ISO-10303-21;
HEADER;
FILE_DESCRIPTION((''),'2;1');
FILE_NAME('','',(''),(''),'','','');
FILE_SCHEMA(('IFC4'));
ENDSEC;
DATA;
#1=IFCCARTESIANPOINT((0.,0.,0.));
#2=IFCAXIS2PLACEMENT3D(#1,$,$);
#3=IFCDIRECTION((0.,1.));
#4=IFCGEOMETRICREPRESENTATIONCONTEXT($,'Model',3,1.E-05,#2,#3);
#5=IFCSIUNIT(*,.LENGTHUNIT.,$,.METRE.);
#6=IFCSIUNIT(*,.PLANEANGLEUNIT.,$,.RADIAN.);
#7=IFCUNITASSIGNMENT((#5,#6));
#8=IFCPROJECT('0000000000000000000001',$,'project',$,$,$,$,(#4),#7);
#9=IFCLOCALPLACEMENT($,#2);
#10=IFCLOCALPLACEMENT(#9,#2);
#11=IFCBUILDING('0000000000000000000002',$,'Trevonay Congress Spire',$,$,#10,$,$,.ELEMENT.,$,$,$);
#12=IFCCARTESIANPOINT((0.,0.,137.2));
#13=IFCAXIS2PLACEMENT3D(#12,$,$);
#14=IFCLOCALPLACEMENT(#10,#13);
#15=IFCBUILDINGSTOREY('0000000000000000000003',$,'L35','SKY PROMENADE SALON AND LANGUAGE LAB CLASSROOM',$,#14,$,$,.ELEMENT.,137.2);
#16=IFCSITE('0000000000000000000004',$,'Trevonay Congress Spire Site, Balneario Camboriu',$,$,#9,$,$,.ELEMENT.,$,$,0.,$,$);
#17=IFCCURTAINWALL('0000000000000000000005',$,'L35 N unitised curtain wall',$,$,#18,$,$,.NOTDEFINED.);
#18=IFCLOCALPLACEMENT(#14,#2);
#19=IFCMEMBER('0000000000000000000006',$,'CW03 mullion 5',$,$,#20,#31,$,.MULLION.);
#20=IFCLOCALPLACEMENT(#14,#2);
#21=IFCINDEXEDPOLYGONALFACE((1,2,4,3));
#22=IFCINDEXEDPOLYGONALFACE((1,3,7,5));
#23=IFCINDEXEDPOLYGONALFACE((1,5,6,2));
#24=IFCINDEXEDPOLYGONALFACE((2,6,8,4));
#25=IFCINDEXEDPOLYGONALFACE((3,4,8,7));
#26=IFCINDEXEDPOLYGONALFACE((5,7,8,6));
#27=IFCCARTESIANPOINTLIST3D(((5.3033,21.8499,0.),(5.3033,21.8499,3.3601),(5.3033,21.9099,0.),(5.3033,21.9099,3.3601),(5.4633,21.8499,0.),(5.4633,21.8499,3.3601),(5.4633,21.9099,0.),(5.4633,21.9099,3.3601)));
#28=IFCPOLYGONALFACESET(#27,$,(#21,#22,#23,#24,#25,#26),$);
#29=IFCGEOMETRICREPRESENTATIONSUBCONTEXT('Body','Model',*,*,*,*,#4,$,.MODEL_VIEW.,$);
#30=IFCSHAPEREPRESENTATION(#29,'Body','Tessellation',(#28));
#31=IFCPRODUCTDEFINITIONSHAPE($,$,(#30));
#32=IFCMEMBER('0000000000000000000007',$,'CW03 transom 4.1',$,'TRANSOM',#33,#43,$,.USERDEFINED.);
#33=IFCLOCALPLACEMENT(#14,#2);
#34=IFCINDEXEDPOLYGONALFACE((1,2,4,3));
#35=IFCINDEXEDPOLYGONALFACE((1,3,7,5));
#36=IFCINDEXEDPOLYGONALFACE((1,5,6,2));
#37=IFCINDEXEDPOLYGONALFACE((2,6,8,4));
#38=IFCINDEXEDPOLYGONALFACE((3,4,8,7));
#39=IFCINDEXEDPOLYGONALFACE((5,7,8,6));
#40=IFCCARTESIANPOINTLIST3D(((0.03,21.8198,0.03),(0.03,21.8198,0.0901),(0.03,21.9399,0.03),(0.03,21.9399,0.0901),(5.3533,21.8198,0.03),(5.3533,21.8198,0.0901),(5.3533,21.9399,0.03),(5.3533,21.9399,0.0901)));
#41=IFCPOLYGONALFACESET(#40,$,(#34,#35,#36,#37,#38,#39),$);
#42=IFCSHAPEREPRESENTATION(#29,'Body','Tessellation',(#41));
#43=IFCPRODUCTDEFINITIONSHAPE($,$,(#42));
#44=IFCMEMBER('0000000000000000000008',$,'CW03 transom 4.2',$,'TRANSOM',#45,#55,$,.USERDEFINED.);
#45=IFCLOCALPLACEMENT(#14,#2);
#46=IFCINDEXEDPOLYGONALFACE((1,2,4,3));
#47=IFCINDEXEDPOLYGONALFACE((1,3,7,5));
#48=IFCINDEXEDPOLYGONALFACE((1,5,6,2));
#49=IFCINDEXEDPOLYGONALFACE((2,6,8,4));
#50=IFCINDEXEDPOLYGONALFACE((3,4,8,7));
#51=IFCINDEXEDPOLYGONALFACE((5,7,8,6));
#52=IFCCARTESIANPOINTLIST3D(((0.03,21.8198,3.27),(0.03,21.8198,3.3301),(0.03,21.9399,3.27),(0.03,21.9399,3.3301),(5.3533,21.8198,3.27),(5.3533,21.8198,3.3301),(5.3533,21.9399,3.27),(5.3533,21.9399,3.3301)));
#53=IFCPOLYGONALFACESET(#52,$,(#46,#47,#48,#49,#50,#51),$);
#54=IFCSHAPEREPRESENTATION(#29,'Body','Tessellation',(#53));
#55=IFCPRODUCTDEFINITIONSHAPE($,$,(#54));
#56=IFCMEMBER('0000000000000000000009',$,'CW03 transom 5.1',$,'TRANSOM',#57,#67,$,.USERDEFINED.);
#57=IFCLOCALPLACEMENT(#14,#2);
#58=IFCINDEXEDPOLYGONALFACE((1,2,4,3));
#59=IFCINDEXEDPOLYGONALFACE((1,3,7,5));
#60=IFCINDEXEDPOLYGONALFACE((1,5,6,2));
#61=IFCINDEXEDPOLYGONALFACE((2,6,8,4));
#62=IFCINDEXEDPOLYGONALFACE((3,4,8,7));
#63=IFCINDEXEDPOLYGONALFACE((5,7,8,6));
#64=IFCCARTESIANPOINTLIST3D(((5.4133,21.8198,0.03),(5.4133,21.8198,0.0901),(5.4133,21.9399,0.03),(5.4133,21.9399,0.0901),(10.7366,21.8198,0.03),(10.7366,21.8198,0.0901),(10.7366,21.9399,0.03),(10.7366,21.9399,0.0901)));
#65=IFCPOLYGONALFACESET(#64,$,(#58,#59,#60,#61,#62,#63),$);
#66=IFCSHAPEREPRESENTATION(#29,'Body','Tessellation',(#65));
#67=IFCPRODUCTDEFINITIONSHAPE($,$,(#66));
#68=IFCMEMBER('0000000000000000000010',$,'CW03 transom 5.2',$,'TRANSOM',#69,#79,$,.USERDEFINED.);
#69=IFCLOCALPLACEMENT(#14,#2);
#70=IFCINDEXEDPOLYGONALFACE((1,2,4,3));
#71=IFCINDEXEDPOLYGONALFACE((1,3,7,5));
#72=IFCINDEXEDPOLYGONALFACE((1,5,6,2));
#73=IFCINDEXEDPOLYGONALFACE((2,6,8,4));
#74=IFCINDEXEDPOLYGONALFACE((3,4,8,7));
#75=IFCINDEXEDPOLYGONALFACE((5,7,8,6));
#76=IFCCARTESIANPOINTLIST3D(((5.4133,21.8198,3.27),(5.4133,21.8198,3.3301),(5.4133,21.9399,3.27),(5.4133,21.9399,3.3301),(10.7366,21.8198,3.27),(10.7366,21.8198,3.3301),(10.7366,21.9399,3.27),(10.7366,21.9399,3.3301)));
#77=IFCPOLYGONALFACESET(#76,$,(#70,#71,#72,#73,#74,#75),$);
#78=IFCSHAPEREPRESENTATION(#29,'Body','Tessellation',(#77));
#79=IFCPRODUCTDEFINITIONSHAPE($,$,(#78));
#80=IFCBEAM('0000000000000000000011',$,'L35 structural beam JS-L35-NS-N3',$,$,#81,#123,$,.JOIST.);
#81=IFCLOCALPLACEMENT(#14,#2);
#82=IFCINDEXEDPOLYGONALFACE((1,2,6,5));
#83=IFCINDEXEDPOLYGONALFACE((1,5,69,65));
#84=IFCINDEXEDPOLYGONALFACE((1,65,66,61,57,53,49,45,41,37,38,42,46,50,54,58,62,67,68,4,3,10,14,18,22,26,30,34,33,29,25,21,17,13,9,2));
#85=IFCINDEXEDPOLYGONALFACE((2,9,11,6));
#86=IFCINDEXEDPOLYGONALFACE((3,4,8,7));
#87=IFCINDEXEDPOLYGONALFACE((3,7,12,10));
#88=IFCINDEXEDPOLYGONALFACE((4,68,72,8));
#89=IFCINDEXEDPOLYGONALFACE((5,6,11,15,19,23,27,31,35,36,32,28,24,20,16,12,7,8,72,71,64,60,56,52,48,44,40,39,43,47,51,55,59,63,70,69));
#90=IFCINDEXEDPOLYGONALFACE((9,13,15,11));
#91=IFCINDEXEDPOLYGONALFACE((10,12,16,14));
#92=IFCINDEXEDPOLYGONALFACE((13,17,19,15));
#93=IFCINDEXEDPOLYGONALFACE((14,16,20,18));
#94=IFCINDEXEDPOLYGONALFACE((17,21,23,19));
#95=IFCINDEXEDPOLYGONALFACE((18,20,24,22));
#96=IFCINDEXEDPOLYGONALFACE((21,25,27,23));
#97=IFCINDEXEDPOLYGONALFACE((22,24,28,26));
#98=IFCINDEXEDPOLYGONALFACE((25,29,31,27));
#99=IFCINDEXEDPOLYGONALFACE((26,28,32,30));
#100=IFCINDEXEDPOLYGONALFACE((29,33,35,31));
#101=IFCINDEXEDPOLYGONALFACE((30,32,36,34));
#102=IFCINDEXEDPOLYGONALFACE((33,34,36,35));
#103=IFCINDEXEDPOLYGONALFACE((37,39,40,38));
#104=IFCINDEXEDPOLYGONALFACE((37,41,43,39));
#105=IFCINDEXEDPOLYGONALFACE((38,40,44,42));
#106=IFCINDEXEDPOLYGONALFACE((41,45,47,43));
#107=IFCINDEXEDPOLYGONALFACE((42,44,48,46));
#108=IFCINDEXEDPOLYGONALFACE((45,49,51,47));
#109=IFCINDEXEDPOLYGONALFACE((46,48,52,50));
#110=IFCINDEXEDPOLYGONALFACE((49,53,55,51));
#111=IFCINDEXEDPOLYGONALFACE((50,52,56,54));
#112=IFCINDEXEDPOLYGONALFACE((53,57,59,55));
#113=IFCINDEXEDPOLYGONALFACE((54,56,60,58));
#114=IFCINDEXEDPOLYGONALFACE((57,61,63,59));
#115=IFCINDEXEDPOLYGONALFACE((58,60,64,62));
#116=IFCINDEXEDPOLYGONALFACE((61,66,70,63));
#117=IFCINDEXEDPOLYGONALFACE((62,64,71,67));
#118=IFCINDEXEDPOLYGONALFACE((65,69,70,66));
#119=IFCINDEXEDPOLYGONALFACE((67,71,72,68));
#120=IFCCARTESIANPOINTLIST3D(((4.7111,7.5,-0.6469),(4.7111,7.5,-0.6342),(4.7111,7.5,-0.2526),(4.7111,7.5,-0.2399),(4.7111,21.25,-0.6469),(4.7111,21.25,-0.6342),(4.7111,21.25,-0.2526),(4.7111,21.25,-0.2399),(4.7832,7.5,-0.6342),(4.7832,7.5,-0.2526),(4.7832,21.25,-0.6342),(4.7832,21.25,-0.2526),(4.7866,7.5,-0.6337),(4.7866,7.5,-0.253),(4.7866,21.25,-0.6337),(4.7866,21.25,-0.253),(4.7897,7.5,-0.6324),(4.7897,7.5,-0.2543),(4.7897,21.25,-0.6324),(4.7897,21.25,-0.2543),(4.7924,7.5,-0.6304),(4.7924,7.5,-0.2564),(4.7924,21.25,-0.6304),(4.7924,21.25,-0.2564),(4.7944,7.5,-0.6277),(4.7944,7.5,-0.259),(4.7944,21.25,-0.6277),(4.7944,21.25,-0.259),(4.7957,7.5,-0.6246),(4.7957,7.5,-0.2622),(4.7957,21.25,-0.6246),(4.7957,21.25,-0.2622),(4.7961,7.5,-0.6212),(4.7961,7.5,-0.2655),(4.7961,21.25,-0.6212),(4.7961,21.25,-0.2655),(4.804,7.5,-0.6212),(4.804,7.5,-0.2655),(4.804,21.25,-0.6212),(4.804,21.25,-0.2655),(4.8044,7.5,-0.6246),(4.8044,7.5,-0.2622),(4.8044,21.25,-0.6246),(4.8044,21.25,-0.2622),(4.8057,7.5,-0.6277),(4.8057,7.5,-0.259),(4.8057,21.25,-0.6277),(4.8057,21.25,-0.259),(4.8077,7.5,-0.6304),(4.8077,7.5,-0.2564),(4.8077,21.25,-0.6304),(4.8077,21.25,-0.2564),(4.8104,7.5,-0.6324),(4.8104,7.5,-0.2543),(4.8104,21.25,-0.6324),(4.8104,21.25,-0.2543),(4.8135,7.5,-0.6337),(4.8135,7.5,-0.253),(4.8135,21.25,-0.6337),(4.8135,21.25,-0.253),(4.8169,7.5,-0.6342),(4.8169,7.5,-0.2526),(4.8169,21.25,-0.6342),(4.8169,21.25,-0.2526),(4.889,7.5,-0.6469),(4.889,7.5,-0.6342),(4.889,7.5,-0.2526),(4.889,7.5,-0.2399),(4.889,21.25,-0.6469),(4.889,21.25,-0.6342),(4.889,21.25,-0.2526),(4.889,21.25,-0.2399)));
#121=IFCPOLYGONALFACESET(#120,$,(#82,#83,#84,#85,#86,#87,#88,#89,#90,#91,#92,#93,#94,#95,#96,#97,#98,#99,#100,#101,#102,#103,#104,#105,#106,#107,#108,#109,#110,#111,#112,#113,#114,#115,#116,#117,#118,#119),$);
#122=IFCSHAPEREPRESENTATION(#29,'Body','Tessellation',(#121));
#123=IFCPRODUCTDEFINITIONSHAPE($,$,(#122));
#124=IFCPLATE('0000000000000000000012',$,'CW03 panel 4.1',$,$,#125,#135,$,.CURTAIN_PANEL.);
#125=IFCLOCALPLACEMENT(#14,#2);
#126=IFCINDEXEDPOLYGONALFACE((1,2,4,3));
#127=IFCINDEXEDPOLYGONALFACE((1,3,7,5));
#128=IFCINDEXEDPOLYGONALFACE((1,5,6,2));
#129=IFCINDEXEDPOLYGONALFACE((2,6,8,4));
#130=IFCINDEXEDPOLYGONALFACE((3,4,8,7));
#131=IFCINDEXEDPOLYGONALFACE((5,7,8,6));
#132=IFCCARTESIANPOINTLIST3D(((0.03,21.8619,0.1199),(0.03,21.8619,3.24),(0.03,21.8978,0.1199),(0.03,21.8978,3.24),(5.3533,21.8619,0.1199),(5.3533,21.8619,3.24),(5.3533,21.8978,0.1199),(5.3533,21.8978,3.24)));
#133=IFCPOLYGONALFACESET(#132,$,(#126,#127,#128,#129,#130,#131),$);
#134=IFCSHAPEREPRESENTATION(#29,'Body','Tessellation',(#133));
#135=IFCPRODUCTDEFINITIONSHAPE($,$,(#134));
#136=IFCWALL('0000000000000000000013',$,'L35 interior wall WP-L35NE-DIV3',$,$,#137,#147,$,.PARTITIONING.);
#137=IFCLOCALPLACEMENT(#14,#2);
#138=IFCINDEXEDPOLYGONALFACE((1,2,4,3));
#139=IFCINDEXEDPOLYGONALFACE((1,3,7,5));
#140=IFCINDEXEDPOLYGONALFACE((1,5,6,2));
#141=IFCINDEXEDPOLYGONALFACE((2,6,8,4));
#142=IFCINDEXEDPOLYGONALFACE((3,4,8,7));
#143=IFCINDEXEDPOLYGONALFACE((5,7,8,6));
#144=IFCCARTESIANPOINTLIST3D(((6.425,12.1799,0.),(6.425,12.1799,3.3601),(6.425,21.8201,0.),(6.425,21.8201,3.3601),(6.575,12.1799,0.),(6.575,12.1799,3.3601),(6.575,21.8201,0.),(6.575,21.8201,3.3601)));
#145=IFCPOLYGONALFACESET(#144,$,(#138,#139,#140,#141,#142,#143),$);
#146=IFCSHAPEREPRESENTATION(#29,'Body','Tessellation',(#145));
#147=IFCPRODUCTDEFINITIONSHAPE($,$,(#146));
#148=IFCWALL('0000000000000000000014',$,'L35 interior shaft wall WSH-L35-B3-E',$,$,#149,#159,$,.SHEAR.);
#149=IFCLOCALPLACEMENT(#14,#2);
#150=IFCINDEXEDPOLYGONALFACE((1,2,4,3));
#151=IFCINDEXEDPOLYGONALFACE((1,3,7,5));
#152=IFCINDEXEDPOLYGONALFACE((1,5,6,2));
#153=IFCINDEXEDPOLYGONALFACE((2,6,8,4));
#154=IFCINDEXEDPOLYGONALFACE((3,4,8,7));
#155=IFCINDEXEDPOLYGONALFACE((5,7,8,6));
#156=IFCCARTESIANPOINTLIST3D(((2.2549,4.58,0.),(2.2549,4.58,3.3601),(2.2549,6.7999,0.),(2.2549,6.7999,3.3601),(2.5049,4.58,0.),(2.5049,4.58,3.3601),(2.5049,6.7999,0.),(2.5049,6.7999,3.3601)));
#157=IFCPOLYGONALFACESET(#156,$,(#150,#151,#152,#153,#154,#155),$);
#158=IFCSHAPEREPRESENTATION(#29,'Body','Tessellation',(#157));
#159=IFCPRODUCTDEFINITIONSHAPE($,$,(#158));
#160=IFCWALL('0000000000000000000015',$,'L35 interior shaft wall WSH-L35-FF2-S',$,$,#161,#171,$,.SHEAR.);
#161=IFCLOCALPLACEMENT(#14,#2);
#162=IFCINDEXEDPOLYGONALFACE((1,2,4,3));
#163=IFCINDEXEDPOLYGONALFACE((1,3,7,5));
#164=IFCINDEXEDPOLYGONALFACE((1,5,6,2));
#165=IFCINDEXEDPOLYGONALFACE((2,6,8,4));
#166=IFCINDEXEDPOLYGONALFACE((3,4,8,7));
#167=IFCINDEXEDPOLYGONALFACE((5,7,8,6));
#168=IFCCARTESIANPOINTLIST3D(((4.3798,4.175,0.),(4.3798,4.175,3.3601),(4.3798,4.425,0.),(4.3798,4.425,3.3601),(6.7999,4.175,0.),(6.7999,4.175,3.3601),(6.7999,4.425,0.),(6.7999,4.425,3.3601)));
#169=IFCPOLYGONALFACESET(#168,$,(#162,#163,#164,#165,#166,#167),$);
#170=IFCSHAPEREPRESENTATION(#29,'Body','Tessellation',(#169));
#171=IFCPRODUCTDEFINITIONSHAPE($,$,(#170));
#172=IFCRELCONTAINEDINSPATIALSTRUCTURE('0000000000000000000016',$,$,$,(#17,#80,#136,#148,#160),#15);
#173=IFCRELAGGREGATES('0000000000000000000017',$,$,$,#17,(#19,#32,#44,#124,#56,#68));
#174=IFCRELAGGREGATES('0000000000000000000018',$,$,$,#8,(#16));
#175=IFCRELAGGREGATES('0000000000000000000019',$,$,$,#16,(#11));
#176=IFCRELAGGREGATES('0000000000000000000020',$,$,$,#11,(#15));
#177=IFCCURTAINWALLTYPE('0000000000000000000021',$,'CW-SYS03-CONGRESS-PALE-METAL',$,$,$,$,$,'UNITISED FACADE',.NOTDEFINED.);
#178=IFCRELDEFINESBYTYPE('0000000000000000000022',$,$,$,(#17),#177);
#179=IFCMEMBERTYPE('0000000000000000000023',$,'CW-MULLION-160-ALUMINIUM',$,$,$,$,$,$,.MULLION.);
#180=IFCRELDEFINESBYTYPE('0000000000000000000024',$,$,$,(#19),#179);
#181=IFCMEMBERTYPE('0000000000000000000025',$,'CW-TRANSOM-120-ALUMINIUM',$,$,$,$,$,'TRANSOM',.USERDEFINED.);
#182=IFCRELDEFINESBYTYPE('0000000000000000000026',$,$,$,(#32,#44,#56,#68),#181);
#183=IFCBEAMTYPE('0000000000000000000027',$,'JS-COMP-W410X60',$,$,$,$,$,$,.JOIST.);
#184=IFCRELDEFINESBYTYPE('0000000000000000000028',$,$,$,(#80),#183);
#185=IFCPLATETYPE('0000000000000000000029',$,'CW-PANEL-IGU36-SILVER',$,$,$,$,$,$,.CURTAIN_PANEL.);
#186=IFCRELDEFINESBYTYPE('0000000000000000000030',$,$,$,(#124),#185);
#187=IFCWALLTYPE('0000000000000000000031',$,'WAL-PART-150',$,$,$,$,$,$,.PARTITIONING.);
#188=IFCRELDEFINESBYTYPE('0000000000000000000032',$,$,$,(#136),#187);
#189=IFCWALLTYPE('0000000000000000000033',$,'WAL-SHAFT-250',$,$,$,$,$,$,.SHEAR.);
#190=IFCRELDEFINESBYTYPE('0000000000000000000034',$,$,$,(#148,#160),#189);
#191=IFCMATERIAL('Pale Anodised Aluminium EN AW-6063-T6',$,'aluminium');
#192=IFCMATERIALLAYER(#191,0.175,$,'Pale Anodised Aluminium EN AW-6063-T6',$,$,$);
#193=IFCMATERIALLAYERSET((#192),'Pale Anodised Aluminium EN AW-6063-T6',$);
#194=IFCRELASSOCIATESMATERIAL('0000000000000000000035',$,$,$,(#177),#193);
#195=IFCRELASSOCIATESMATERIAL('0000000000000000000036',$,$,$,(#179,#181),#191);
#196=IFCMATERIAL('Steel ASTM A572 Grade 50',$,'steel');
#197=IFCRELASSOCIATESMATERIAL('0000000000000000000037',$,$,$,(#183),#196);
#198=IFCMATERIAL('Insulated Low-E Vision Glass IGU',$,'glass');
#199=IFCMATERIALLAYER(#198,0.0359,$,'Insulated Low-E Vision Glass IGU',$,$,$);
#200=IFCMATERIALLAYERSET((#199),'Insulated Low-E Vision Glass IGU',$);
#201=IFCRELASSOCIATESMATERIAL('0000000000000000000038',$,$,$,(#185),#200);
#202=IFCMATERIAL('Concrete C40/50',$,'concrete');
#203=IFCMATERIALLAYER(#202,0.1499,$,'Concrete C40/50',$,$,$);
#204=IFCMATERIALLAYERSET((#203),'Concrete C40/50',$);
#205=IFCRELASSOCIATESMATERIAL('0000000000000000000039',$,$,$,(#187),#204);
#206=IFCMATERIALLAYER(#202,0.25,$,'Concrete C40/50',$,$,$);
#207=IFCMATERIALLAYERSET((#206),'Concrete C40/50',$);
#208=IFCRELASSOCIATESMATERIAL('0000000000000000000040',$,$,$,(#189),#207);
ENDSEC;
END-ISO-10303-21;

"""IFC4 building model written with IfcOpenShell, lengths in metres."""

from ifc_helpers import new_model, si_unit, direction, frame, frame_2d, origin, origin_2d, place, context, subcontext, project, spatial, rectangle, i_section, extrude, material, layer, layer_set, material_profile, profile_set, type_object, element, aggregate, save


model = new_model("IFC4")

# Units and contexts
model_context = context("Model", 3, precision=1e-05, world=origin(), true_north=direction((0.0, 1.0)))
body_context = subcontext(model_context, "Body", "Model", "MODEL_VIEW")
ifc_project = project(units=[si_unit("LENGTHUNIT", "METRE"), si_unit("PLANEANGLEUNIT", "RADIAN")], contexts=[model_context])

# Site, building, storey
site_placement = place(None, origin())
site = spatial("IfcSite", under=ifc_project, at=site_placement, Name="Trevonay Congress Spire Site, Balneario Camboriu", CompositionType="ELEMENT", RefElevation=0.0)
building_placement = place(site_placement, origin())
building = spatial("IfcBuilding", under=site, at=building_placement, Name="Trevonay Congress Spire", CompositionType="ELEMENT")
storey_placement = place(building_placement, frame((0.0, 0.0, 137.2)))
storey = spatial("IfcBuildingStorey", under=building, at=storey_placement, Name="L35", Description="SKY PROMENADE SALON AND LANGUAGE LAB CLASSROOM", CompositionType="ELEMENT", Elevation=137.2)

# Shared definitions
ifc_material_1 = material(Name="Steel ASTM A572 Grade 50", Category="steel")

# Curtain wall, members
ifc_material_2 = material(Name="Pale Anodised Aluminium EN AW-6063-T6", Category="aluminium")
ifc_layer_1 = layer(ifc_material_2, 0.175, Name="Pale Anodised Aluminium EN AW-6063-T6")
ifc_layer_set_1 = layer_set([ifc_layer_1], Name="Pale Anodised Aluminium EN AW-6063-T6")
curtain_wall_type = type_object("IfcCurtainWallType", Name="CW-SYS03-CONGRESS-PALE-METAL", ElementType="UNITISED FACADE", PredefinedType="NOTDEFINED", material=ifc_layer_set_1)
curtain_wall_placement = place(storey_placement, origin())
curtain_wall = element("IfcCurtainWall", 1, at=curtain_wall_placement, inside=storey, type_object=curtain_wall_type, Name="L35 N unitised curtain wall", PredefinedType="NOTDEFINED")
ifc_material_profile_1 = material_profile(ifc_material_2, rectangle(XDim=0.0601, YDim=0.1599, at=origin_2d()), Name="CW-MULLION-160-ALUMINIUM")
ifc_profile_set_1 = profile_set([ifc_material_profile_1], Name="Pale Anodised Aluminium EN AW-6063-T6")
member_type_1 = type_object("IfcMemberType", Name="CW-MULLION-160-ALUMINIUM", PredefinedType="MULLION", material=ifc_profile_set_1)
member_1_placement = place(storey_placement, frame((5.3833, 21.8799, 0.0), z_axis=(0.0, 0.0, 1.0), x_axis=(0.0, 1.0, 0.0)))
member_1 = element("IfcMember", 2, at=member_1_placement, type_object=member_type_1, Name="CW03 mullion 5", PredefinedType="MULLION", context=body_context, shape_type="SweptSolid", body=[
    extrude(rectangle(XDim=0.0601, YDim=0.1599, at=origin_2d()), origin(), (0.0, 0.0, 1.0), 3.3601),
])
ifc_material_profile_2 = material_profile(ifc_material_2, rectangle(XDim=0.1201, YDim=0.0601, at=origin_2d()), Name="CW-TRANSOM-120-ALUMINIUM")
ifc_profile_set_2 = profile_set([ifc_material_profile_2], Name="Pale Anodised Aluminium EN AW-6063-T6")
member_type_2 = type_object("IfcMemberType", Name="CW-TRANSOM-120-ALUMINIUM", ElementType="TRANSOM", PredefinedType="USERDEFINED", material=ifc_profile_set_2)
member_2_placement = place(storey_placement, frame((0.03, 21.8799, 0.0601), z_axis=(1.0, 0.0, 0.0), x_axis=(0.0, 1.0, 0.0)))
member_2 = element("IfcMember", 3, at=member_2_placement, type_object=member_type_2, Name="CW03 transom 4.1", ObjectType="TRANSOM", PredefinedType="USERDEFINED", context=body_context, shape_type="SweptSolid", body=[
    extrude(rectangle(XDim=0.1201, YDim=0.0601, at=origin_2d()), origin(), (0.0, 0.0, 1.0), 5.3232),
])
member_3_placement = place(storey_placement, frame((0.03, 21.8799, 3.3), z_axis=(1.0, 0.0, 0.0), x_axis=(0.0, 1.0, 0.0)))
member_3 = element("IfcMember", 4, at=member_3_placement, type_object=member_type_2, Name="CW03 transom 4.2", ObjectType="TRANSOM", PredefinedType="USERDEFINED", context=body_context, shape_type="SweptSolid", body=[
    extrude(rectangle(XDim=0.1201, YDim=0.0601, at=origin_2d()), origin(), (0.0, 0.0, 1.0), 5.3232),
])
member_4_placement = place(storey_placement, frame((5.4133, 21.8799, 0.0601), z_axis=(1.0, 0.0, 0.0), x_axis=(0.0, 1.0, 0.0)))
member_4 = element("IfcMember", 5, at=member_4_placement, type_object=member_type_2, Name="CW03 transom 5.1", ObjectType="TRANSOM", PredefinedType="USERDEFINED", context=body_context, shape_type="SweptSolid", body=[
    extrude(rectangle(XDim=0.1201, YDim=0.0601, at=origin_2d()), origin(), (0.0, 0.0, 1.0), 5.3232),
])
member_5_placement = place(storey_placement, frame((5.4133, 21.8799, 3.3), z_axis=(1.0, 0.0, 0.0), x_axis=(0.0, 1.0, 0.0)))
member_5 = element("IfcMember", 6, at=member_5_placement, type_object=member_type_2, Name="CW03 transom 5.2", ObjectType="TRANSOM", PredefinedType="USERDEFINED", context=body_context, shape_type="SweptSolid", body=[
    extrude(rectangle(XDim=0.1201, YDim=0.0601, at=origin_2d()), origin(), (0.0, 0.0, 1.0), 5.3232),
])

# Beam
ifc_material_profile_3 = material_profile(ifc_material_1, i_section(OverallWidth=0.178, OverallDepth=0.407, WebThickness=0.0078, FlangeThickness=0.0127, FilletRadius=0.0129, at=origin_2d()), Name="W410x60")
ifc_profile_set_3 = profile_set([ifc_material_profile_3], Name="Steel ASTM A572 Grade 50")
beam_type_1 = type_object("IfcBeamType", Name="JS-COMP-W410X60", PredefinedType="JOIST", material=ifc_profile_set_3)
beam_1_placement = place(storey_placement, frame((4.8, 7.5, -0.4434), z_axis=(0.0, 1.0, 0.0), x_axis=(-1.0, 0.0, 0.0)))
element("IfcBeam", 7, at=beam_1_placement, inside=storey, type_object=beam_type_1, Name="L35 structural beam JS-L35-NS-N3", PredefinedType="JOIST", context=body_context, shape_type="SweptSolid", body=[
    extrude(i_section(OverallWidth=0.178, OverallDepth=0.407, WebThickness=0.0078, FlangeThickness=0.0127, FilletRadius=0.0129, at=origin_2d()), origin(), (0.0, 0.0, 1.0), 13.75),
])

# Plate
ifc_material_3 = material(Name="Insulated Low-E Vision Glass IGU", Category="glass")
ifc_layer_2 = layer(ifc_material_3, 0.0359, Name="Insulated Low-E Vision Glass IGU")
ifc_layer_set_2 = layer_set([ifc_layer_2], Name="Insulated Low-E Vision Glass IGU")
plate_type = type_object("IfcPlateType", Name="CW-PANEL-IGU36-SILVER", PredefinedType="CURTAIN_PANEL", material=ifc_layer_set_2)
plate_placement = place(storey_placement, frame((2.6917, 21.8799, 0.1199), z_axis=(0.0, 0.0, 1.0), x_axis=(1.0, 0.0, 0.0)))
plate = element("IfcPlate", 8, at=plate_placement, type_object=plate_type, Name="CW03 panel 4.1", PredefinedType="CURTAIN_PANEL", context=body_context, shape_type="SweptSolid", body=[
    extrude(rectangle(XDim=5.3232, YDim=0.0359, at=origin_2d()), origin(), (0.0, 0.0, 1.0), 3.1201),
])
aggregate(curtain_wall, [member_1, member_2, member_3, plate, member_4, member_5])

# Walls
ifc_material_4 = material(Name="Concrete C40/50", Category="concrete")
ifc_layer_3 = layer(ifc_material_4, 0.1499, Name="Concrete C40/50")
ifc_layer_set_3 = layer_set([ifc_layer_3], Name="Concrete C40/50")
wall_type_1 = type_object("IfcWallType", Name="WAL-PART-150", PredefinedType="PARTITIONING", material=ifc_layer_set_3)
wall_1_placement = place(storey_placement, frame((6.5, 12.1799, 0.0), z_axis=(0.0, 0.0, 1.0), x_axis=(0.0, 1.0, 0.0)))
element("IfcWall", 9, at=wall_1_placement, inside=storey, type_object=wall_type_1, Name="L35 interior wall WP-L35NE-DIV3", PredefinedType="PARTITIONING", context=body_context, shape_type="SweptSolid", body=[
    extrude(rectangle(XDim=9.6401, YDim=0.1499, at=frame_2d((4.8201, 0.0))), origin(), (0.0, 0.0, 1.0), 3.3601),
])
ifc_layer_4 = layer(ifc_material_4, 0.25, Name="Concrete C40/50")
ifc_layer_set_4 = layer_set([ifc_layer_4], Name="Concrete C40/50")
wall_type_2 = type_object("IfcWallType", Name="WAL-SHAFT-250", PredefinedType="SHEAR", material=ifc_layer_set_4)
wall_2_placement = place(storey_placement, frame((2.3799, 4.5801, 0.0), z_axis=(0.0, 0.0, 1.0), x_axis=(0.0, 1.0, 0.0)))
element("IfcWall", 10, at=wall_2_placement, inside=storey, type_object=wall_type_2, Name="L35 interior shaft wall WSH-L35-B3-E", PredefinedType="SHEAR", context=body_context, shape_type="SweptSolid", body=[
    extrude(rectangle(XDim=2.22, YDim=0.25, at=frame_2d((1.1099, 0.0))), origin(), (0.0, 0.0, 1.0), 3.3601),
])
wall_3_placement = place(storey_placement, frame((4.3799, 4.3, 0.0), z_axis=(0.0, 0.0, 1.0), x_axis=(1.0, 0.0, 0.0)))
element("IfcWall", 11, at=wall_3_placement, inside=storey, type_object=wall_type_2, Name="L35 interior shaft wall WSH-L35-FF2-S", PredefinedType="SHEAR", context=body_context, shape_type="SweptSolid", body=[
    extrude(rectangle(XDim=2.4202, YDim=0.25, at=frame_2d((1.21, 0.0))), origin(), (0.0, 0.0, 1.0), 3.3601),
])

save(model, "model.ifc")
